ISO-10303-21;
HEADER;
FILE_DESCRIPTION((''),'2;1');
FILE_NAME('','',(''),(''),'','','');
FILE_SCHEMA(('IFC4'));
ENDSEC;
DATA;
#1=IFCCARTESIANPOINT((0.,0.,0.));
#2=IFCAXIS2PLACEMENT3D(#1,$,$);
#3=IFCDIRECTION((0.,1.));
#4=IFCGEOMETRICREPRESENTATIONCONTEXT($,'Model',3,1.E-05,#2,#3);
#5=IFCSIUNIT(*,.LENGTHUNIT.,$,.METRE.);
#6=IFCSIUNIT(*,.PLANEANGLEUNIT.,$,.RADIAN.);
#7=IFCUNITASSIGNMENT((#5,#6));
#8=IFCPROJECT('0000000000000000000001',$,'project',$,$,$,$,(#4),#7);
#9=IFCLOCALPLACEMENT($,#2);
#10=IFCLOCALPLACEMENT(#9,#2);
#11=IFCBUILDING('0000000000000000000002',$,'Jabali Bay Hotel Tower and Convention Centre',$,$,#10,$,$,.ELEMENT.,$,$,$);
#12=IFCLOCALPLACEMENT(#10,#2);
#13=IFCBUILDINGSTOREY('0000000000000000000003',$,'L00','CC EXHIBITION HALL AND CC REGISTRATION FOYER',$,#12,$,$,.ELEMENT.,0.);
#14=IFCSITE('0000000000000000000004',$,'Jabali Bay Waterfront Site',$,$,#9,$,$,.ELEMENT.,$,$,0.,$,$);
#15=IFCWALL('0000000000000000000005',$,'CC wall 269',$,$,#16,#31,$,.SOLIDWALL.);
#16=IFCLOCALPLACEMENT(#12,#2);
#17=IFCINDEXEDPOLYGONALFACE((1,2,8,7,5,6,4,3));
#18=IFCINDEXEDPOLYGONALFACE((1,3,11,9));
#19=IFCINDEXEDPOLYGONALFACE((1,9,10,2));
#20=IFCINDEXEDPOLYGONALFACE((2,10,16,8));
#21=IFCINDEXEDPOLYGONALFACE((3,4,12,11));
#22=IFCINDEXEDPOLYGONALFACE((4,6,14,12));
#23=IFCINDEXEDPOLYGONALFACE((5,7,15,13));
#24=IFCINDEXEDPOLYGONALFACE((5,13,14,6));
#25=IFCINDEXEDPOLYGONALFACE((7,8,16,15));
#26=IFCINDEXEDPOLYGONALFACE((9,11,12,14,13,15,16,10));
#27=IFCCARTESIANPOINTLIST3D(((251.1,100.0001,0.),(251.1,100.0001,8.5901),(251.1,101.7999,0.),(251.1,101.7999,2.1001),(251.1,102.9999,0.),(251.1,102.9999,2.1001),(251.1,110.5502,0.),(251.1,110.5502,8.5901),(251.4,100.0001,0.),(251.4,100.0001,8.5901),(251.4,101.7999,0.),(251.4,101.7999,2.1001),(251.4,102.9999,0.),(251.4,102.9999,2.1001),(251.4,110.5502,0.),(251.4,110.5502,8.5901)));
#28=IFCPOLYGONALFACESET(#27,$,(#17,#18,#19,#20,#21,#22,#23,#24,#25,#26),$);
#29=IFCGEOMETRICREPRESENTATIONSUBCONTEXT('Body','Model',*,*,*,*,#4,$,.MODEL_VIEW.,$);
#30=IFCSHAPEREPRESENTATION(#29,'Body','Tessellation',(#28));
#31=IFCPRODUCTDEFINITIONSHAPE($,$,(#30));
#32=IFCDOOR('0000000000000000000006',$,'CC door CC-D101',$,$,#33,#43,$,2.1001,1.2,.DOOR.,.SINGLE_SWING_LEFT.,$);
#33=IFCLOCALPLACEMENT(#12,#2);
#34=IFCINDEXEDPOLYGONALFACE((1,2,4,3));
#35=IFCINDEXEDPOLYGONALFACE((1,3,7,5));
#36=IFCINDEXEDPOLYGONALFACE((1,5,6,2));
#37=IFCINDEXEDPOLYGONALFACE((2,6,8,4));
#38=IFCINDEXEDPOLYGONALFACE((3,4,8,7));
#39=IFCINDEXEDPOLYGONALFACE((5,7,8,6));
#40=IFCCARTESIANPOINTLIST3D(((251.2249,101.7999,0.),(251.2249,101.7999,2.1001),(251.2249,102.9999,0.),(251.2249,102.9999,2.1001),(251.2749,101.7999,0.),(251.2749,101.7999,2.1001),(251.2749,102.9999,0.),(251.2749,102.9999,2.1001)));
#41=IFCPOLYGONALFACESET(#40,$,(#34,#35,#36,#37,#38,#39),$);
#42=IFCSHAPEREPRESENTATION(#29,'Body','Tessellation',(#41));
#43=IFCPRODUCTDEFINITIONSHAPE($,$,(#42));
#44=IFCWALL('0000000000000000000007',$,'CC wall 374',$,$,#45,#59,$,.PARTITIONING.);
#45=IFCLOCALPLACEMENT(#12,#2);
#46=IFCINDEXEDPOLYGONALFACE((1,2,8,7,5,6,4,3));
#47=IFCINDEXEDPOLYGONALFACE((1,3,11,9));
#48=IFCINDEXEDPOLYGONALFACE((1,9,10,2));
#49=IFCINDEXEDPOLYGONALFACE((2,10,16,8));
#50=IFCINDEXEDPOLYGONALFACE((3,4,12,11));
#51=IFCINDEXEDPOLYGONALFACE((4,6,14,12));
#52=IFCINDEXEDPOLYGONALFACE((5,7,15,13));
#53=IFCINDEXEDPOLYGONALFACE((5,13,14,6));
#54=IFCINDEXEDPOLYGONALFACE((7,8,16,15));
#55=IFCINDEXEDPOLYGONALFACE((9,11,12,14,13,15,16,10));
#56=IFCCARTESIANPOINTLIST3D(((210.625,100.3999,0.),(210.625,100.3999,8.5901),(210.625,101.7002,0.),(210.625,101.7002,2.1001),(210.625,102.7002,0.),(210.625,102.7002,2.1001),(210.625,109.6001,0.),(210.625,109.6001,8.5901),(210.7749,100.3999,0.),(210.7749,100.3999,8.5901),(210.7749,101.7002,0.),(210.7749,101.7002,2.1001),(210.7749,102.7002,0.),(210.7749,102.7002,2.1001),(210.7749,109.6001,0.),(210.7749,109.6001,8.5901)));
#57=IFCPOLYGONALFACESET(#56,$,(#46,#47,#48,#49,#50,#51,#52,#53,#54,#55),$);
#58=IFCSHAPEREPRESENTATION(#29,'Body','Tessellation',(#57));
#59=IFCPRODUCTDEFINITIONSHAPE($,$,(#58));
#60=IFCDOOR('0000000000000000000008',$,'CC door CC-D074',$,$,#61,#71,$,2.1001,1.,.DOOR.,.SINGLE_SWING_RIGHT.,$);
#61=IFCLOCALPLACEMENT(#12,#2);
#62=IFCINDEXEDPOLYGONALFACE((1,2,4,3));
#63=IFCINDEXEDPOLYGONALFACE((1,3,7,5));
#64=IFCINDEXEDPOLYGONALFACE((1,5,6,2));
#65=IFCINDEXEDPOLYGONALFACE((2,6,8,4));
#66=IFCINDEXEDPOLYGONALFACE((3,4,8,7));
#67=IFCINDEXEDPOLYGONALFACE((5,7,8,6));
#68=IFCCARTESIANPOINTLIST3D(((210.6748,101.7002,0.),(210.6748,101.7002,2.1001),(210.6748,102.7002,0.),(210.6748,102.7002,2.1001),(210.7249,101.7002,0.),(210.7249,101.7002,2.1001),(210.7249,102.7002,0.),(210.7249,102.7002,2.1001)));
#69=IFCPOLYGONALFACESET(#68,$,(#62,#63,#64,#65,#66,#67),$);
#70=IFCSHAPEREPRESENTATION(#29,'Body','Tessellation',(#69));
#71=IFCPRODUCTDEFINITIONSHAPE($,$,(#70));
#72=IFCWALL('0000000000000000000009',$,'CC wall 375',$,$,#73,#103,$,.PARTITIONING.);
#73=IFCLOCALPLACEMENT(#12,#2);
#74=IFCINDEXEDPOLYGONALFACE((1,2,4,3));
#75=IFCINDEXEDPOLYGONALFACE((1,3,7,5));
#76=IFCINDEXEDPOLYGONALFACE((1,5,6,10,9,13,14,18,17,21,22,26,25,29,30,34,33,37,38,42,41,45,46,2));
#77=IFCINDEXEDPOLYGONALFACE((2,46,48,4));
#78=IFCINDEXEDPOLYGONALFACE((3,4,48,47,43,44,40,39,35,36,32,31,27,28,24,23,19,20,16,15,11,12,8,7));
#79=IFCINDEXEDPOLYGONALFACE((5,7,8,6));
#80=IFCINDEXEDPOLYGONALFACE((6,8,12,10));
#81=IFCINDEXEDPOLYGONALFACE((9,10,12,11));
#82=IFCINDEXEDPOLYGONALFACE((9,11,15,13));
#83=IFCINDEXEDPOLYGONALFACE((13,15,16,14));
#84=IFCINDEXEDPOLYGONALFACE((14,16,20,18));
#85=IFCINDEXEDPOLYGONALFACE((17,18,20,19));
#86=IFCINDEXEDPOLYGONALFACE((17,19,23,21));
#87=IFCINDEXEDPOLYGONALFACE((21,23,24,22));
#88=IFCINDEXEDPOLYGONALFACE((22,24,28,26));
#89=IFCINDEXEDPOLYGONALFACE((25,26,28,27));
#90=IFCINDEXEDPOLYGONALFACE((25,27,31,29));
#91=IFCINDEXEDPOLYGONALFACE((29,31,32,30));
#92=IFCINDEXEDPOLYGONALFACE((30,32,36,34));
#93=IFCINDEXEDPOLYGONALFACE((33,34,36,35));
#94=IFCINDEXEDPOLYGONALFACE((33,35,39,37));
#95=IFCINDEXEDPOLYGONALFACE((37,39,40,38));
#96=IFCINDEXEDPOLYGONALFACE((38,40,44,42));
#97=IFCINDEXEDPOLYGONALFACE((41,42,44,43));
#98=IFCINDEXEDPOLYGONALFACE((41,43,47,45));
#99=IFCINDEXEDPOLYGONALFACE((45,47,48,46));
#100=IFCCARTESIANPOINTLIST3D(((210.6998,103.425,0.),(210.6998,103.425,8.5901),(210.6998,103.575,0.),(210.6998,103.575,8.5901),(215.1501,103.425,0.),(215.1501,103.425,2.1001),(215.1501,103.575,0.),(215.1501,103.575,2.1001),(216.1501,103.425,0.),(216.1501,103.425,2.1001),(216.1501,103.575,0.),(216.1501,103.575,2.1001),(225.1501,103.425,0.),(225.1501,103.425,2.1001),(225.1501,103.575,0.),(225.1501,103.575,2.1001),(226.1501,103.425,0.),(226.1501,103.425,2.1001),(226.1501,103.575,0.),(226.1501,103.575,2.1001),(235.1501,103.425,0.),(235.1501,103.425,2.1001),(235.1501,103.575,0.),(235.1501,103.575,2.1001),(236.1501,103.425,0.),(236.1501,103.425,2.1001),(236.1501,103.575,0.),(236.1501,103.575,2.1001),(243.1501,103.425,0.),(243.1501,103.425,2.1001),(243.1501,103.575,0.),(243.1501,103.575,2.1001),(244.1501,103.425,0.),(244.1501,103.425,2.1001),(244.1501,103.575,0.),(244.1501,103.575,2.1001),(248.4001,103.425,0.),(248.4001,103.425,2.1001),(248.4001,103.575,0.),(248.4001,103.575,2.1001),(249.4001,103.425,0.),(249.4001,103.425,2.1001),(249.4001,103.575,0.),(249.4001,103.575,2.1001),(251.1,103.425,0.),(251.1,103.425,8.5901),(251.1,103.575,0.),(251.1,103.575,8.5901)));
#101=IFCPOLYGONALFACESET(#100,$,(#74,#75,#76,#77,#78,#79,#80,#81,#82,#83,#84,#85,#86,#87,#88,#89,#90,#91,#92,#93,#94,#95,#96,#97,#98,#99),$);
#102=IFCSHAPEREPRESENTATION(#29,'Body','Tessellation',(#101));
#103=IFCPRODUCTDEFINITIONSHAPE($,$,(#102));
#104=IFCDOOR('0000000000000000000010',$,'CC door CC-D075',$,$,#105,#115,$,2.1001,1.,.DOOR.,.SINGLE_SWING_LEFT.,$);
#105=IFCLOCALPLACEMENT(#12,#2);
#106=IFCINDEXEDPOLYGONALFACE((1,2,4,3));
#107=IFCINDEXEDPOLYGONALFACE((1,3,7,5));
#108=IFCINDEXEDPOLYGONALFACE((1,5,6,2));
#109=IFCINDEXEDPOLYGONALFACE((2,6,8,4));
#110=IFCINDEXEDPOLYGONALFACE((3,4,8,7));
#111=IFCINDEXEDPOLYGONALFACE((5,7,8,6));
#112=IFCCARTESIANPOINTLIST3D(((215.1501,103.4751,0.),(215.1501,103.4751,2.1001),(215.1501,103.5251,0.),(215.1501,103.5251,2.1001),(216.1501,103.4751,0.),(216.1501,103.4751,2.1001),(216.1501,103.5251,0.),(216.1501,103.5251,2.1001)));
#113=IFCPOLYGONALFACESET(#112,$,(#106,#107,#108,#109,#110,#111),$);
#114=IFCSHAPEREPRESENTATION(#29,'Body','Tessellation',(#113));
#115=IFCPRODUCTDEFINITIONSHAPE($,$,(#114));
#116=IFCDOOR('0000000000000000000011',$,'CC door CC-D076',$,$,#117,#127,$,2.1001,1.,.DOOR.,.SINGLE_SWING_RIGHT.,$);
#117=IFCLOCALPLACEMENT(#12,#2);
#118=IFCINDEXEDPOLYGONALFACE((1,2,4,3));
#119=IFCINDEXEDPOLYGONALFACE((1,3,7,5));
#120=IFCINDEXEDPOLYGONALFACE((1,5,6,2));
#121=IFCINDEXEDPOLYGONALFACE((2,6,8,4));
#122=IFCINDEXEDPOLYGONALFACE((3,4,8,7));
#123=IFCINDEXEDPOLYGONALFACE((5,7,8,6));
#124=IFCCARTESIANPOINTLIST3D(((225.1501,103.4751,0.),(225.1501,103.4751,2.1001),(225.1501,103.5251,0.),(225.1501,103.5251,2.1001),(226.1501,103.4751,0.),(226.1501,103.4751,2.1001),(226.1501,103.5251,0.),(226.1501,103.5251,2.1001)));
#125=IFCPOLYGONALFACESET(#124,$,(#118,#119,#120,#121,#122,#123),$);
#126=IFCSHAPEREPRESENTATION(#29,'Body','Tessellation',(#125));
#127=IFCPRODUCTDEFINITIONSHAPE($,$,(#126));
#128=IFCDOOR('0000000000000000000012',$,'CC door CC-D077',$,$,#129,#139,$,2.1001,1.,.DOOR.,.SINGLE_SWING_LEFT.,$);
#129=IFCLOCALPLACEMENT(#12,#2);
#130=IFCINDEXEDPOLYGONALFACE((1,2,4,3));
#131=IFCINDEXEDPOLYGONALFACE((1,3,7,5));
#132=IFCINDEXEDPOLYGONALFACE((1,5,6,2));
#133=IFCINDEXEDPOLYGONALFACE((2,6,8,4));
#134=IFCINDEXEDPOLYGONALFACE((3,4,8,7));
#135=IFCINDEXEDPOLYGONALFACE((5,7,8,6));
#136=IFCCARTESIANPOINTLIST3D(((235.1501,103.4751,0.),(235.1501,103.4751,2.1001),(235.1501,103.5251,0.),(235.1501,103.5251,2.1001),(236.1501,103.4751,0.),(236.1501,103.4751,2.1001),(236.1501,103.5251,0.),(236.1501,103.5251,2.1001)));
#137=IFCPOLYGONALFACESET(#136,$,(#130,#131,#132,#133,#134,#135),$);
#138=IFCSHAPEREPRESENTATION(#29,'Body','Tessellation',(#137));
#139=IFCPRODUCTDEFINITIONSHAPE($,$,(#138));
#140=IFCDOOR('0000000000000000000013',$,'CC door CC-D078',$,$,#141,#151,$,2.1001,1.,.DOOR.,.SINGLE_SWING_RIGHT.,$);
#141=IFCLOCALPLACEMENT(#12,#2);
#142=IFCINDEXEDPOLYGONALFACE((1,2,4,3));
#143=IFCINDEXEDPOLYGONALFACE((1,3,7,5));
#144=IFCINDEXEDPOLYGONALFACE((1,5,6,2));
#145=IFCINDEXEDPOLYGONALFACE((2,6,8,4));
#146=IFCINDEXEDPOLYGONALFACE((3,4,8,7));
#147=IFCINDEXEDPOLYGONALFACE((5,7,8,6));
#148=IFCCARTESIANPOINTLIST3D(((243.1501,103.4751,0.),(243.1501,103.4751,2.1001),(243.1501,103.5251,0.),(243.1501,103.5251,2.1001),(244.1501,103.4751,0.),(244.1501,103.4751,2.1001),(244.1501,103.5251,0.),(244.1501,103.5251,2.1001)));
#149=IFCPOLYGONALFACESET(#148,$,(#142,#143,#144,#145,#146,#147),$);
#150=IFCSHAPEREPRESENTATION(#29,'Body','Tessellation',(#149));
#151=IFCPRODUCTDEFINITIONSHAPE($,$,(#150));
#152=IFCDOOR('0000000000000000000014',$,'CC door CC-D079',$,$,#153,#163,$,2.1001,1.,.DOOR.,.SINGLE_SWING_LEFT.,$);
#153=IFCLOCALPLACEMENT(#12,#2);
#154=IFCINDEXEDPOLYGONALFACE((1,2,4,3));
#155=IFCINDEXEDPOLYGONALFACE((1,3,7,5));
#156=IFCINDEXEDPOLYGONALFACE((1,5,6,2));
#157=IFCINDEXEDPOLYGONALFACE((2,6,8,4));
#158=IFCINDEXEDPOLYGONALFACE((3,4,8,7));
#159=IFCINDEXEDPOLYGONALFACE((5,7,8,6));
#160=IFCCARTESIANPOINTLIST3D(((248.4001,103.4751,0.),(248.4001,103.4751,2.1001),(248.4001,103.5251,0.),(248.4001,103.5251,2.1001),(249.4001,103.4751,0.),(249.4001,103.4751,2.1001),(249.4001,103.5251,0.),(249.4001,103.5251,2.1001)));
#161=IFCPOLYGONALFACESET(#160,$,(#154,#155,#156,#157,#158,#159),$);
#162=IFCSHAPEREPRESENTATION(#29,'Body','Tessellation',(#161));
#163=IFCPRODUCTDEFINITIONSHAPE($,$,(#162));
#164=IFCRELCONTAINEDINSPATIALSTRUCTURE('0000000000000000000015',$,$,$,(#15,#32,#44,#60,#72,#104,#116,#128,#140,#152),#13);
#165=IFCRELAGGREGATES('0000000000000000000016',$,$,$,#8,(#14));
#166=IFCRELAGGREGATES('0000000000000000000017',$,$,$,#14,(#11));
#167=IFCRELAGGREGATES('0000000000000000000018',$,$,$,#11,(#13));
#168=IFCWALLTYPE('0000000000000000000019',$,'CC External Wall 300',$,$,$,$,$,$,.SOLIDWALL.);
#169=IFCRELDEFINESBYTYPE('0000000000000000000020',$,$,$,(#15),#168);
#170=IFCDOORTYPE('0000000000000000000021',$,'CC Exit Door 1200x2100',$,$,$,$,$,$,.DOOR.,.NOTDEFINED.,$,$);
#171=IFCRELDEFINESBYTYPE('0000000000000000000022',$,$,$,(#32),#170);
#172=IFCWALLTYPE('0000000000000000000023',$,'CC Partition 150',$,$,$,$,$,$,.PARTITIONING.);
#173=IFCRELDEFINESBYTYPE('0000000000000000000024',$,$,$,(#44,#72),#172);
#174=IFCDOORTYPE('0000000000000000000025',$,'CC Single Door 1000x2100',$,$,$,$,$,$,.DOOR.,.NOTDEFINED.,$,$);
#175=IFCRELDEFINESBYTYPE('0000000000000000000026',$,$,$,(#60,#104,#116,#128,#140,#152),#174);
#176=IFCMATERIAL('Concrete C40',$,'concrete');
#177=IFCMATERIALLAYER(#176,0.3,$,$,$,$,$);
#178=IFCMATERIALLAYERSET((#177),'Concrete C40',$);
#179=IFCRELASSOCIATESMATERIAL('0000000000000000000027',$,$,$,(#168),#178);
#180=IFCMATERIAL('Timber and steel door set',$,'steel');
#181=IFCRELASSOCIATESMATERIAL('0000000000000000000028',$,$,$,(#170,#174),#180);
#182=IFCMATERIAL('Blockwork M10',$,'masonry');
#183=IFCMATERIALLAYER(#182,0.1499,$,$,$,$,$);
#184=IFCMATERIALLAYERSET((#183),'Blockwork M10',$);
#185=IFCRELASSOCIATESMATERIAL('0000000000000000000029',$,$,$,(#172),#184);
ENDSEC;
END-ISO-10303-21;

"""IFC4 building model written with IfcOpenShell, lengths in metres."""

from ifc_helpers import new_model, si_unit, direction, frame, frame_2d, origin, place, context, subcontext, project, spatial, rectangle, extrude, material, layer, layer_set, type_object, element, fill, save


model = new_model("IFC4")

# Units and contexts
model_context = context("Model", 3, precision=1e-05, world=origin(), true_north=direction((0.0, 1.0)))
body_context = subcontext(model_context, "Body", "Model", "MODEL_VIEW")
ifc_project = project(units=[si_unit("LENGTHUNIT", "METRE"), si_unit("PLANEANGLEUNIT", "RADIAN")], contexts=[model_context])

# Site, building, storey
site_placement = place(None, origin())
site = spatial("IfcSite", under=ifc_project, at=site_placement, Name="Jabali Bay Waterfront Site", CompositionType="ELEMENT", RefElevation=0.0)
building_placement = place(site_placement, origin())
building = spatial("IfcBuilding", under=site, at=building_placement, Name="Jabali Bay Hotel Tower and Convention Centre", CompositionType="ELEMENT")
storey_placement = place(building_placement, origin())
storey = spatial("IfcBuildingStorey", under=building, at=storey_placement, Name="L00", Description="CC EXHIBITION HALL AND CC REGISTRATION FOYER", CompositionType="ELEMENT", Elevation=0.0)

# Walls, openings, doors
ifc_material_1 = material(Name="Concrete C40", Category="concrete")
ifc_layer_1 = layer(ifc_material_1, 0.3)
ifc_layer_set_1 = layer_set([ifc_layer_1], Name="Concrete C40")
wall_type_1 = type_object("IfcWallType", Name="CC External Wall 300", PredefinedType="SOLIDWALL", material=ifc_layer_set_1)
wall_1_placement = place(storey_placement, frame((251.25, 110.55, 0.0), z_axis=(0.0, 0.0, 1.0), x_axis=(0.0, -1.0, 0.0)))
wall_1 = element("IfcWall", 1, at=wall_1_placement, inside=storey, type_object=wall_type_1, Name="CC wall 269", PredefinedType="SOLIDWALL", context=body_context, shape_type="SweptSolid", body=[
    extrude(rectangle(XDim=10.55, YDim=0.3, at=frame_2d((5.2749, 0.0))), origin(), (0.0, 0.0, 1.0), 8.5901),
])
opening_1_placement = place(wall_1_placement, frame((7.55, 0.0, 0.0)))
opening_1 = element("IfcOpeningElement", 2, at=opening_1_placement, cuts=wall_1, PredefinedType="OPENING", context=body_context, shape_type="SweptSolid", body=[
    extrude(rectangle(XDim=1.2, YDim=2.1001, at=frame_2d((0.6001, 1.05))), frame((0.0, 0.1606, 0.0), z_axis=(0.0, -1.0, 0.0), x_axis=(1.0, 0.0, 0.0)), (0.0, 0.0, 1.0), 0.321),
])
ifc_material_2 = material(Name="Timber and steel door set", Category="steel")
door_type_1 = type_object("IfcDoorType", Name="CC Exit Door 1200x2100", OperationType="NOTDEFINED", PredefinedType="DOOR", material=ifc_material_2)
door_1_placement = place(opening_1_placement, origin())
door_1 = element("IfcDoor", 3, at=door_1_placement, inside=storey, type_object=door_type_1, Name="CC door CC-D101", OperationType="SINGLE_SWING_LEFT", OverallHeight=2.1001, OverallWidth=1.2, PredefinedType="DOOR", context=body_context, shape_type="SweptSolid", body=[
    extrude(rectangle(XDim=1.2, YDim=2.1001, at=frame_2d((0.6001, 1.05))), frame((0.0, 0.0249, 0.0), z_axis=(0.0, -1.0, 0.0), x_axis=(1.0, 0.0, 0.0)), (0.0, 0.0, 1.0), 0.05),
])
fill(opening_1, door_1)
ifc_material_3 = material(Name="Blockwork M10", Category="masonry")
ifc_layer_2 = layer(ifc_material_3, 0.1499)
ifc_layer_set_2 = layer_set([ifc_layer_2], Name="Blockwork M10")
wall_type_2 = type_object("IfcWallType", Name="CC Partition 150", PredefinedType="PARTITIONING", material=ifc_layer_set_2)
wall_2_placement = place(storey_placement, frame((210.7, 109.6001, 0.0), z_axis=(0.0, 0.0, 1.0), x_axis=(0.0, -1.0, 0.0)))
wall_2 = element("IfcWall", 4, at=wall_2_placement, inside=storey, type_object=wall_type_2, Name="CC wall 374", PredefinedType="PARTITIONING", context=body_context, shape_type="SweptSolid", body=[
    extrude(rectangle(XDim=9.2002, YDim=0.1499, at=frame_2d((4.6001, 0.0))), origin(), (0.0, 0.0, 1.0), 8.5901),
])
opening_2_placement = place(wall_2_placement, frame((6.8999, 0.0, 0.0)))
opening_2 = element("IfcOpeningElement", 5, at=opening_2_placement, cuts=wall_2, PredefinedType="OPENING", context=body_context, shape_type="SweptSolid", body=[
    extrude(rectangle(XDim=1.0, YDim=2.1001, at=frame_2d((0.5, 1.05))), frame((0.0, 0.0854, 0.0), z_axis=(0.0, -1.0, 0.0), x_axis=(1.0, 0.0, 0.0)), (0.0, 0.0, 1.0), 0.1709),
])
door_type_2 = type_object("IfcDoorType", Name="CC Single Door 1000x2100", OperationType="NOTDEFINED", PredefinedType="DOOR", material=ifc_material_2)
door_2_placement = place(opening_2_placement, origin())
door_2 = element("IfcDoor", 6, at=door_2_placement, inside=storey, type_object=door_type_2, Name="CC door CC-D074", OperationType="SINGLE_SWING_RIGHT", OverallHeight=2.1001, OverallWidth=1.0, PredefinedType="DOOR", context=body_context, shape_type="SweptSolid", body=[
    extrude(rectangle(XDim=1.0, YDim=2.1001, at=frame_2d((0.5, 1.05))), frame((0.0, 0.0249, 0.0), z_axis=(0.0, -1.0, 0.0), x_axis=(1.0, 0.0, 0.0)), (0.0, 0.0, 1.0), 0.05),
])
fill(opening_2, door_2)

# Wall, openings, doors
wall_3_placement = place(storey_placement, frame((251.1001, 103.5, 0.0), z_axis=(0.0, 0.0, 1.0), x_axis=(-1.0, 0.0, 0.0)))
wall_3 = element("IfcWall", 7, at=wall_3_placement, inside=storey, type_object=wall_type_2, Name="CC wall 375", PredefinedType="PARTITIONING", context=body_context, shape_type="SweptSolid", body=[
    extrude(rectangle(XDim=40.4001, YDim=0.1499, at=frame_2d((20.2002, 0.0))), origin(), (0.0, 0.0, 1.0), 8.5901),
])
opening_3_placement = place(wall_3_placement, frame((34.95, 0.0, 0.0)))
opening_3 = element("IfcOpeningElement", 8, at=opening_3_placement, cuts=wall_3, PredefinedType="OPENING", context=body_context, shape_type="SweptSolid", body=[
    extrude(rectangle(XDim=1.0, YDim=2.1001, at=frame_2d((0.5, 1.05))), frame((0.0, 0.0854, 0.0), z_axis=(0.0, -1.0, 0.0), x_axis=(1.0, 0.0, 0.0)), (0.0, 0.0, 1.0), 0.1709),
])
opening_4_placement = place(wall_3_placement, frame((24.95, 0.0, 0.0)))
opening_4 = element("IfcOpeningElement", 9, at=opening_4_placement, cuts=wall_3, PredefinedType="OPENING", context=body_context, shape_type="SweptSolid", body=[
    extrude(rectangle(XDim=1.0, YDim=2.1001, at=frame_2d((0.5, 1.05))), frame((0.0, 0.0854, 0.0), z_axis=(0.0, -1.0, 0.0), x_axis=(1.0, 0.0, 0.0)), (0.0, 0.0, 1.0), 0.1709),
])
opening_5_placement = place(wall_3_placement, frame((14.95, 0.0, 0.0)))
opening_5 = element("IfcOpeningElement", 10, at=opening_5_placement, cuts=wall_3, PredefinedType="OPENING", context=body_context, shape_type="SweptSolid", body=[
    extrude(rectangle(XDim=1.0, YDim=2.1001, at=frame_2d((0.5, 1.05))), frame((0.0, 0.0854, 0.0), z_axis=(0.0, -1.0, 0.0), x_axis=(1.0, 0.0, 0.0)), (0.0, 0.0, 1.0), 0.1709),
])
opening_6_placement = place(wall_3_placement, frame((6.95, 0.0, 0.0)))
opening_6 = element("IfcOpeningElement", 11, at=opening_6_placement, cuts=wall_3, PredefinedType="OPENING", context=body_context, shape_type="SweptSolid", body=[
    extrude(rectangle(XDim=1.0, YDim=2.1001, at=frame_2d((0.5, 1.05))), frame((0.0, 0.0854, 0.0), z_axis=(0.0, -1.0, 0.0), x_axis=(1.0, 0.0, 0.0)), (0.0, 0.0, 1.0), 0.1709),
])
opening_7_placement = place(wall_3_placement, frame((1.7, 0.0, 0.0)))
opening_7 = element("IfcOpeningElement", 12, at=opening_7_placement, cuts=wall_3, PredefinedType="OPENING", context=body_context, shape_type="SweptSolid", body=[
    extrude(rectangle(XDim=1.0, YDim=2.1001, at=frame_2d((0.5, 1.05))), frame((0.0, 0.0854, 0.0), z_axis=(0.0, -1.0, 0.0), x_axis=(1.0, 0.0, 0.0)), (0.0, 0.0, 1.0), 0.1709),
])
door_3_placement = place(opening_3_placement, origin())
door_3 = element("IfcDoor", 13, at=door_3_placement, inside=storey, type_object=door_type_2, Name="CC door CC-D075", OperationType="SINGLE_SWING_LEFT", OverallHeight=2.1001, OverallWidth=1.0, PredefinedType="DOOR", context=body_context, shape_type="SweptSolid", body=[
    extrude(rectangle(XDim=1.0, YDim=2.1001, at=frame_2d((0.5, 1.05))), frame((0.0, 0.0249, 0.0), z_axis=(0.0, -1.0, 0.0), x_axis=(1.0, 0.0, 0.0)), (0.0, 0.0, 1.0), 0.05),
])
fill(opening_3, door_3)
door_4_placement = place(opening_4_placement, origin())
door_4 = element("IfcDoor", 14, at=door_4_placement, inside=storey, type_object=door_type_2, Name="CC door CC-D076", OperationType="SINGLE_SWING_RIGHT", OverallHeight=2.1001, OverallWidth=1.0, PredefinedType="DOOR", context=body_context, shape_type="SweptSolid", body=[
    extrude(rectangle(XDim=1.0, YDim=2.1001, at=frame_2d((0.5, 1.05))), frame((0.0, 0.0249, 0.0), z_axis=(0.0, -1.0, 0.0), x_axis=(1.0, 0.0, 0.0)), (0.0, 0.0, 1.0), 0.05),
])
fill(opening_4, door_4)
door_5_placement = place(opening_5_placement, origin())
door_5 = element("IfcDoor", 15, at=door_5_placement, inside=storey, type_object=door_type_2, Name="CC door CC-D077", OperationType="SINGLE_SWING_LEFT", OverallHeight=2.1001, OverallWidth=1.0, PredefinedType="DOOR", context=body_context, shape_type="SweptSolid", body=[
    extrude(rectangle(XDim=1.0, YDim=2.1001, at=frame_2d((0.5, 1.05))), frame((0.0, 0.0249, 0.0), z_axis=(0.0, -1.0, 0.0), x_axis=(1.0, 0.0, 0.0)), (0.0, 0.0, 1.0), 0.05),
])
fill(opening_5, door_5)
door_6_placement = place(opening_6_placement, origin())
door_6 = element("IfcDoor", 16, at=door_6_placement, inside=storey, type_object=door_type_2, Name="CC door CC-D078", OperationType="SINGLE_SWING_RIGHT", OverallHeight=2.1001, OverallWidth=1.0, PredefinedType="DOOR", context=body_context, shape_type="SweptSolid", body=[
    extrude(rectangle(XDim=1.0, YDim=2.1001, at=frame_2d((0.5, 1.05))), frame((0.0, 0.0249, 0.0), z_axis=(0.0, -1.0, 0.0), x_axis=(1.0, 0.0, 0.0)), (0.0, 0.0, 1.0), 0.05),
])
fill(opening_6, door_6)
door_7_placement = place(opening_7_placement, origin())
door_7 = element("IfcDoor", 17, at=door_7_placement, inside=storey, type_object=door_type_2, Name="CC door CC-D079", OperationType="SINGLE_SWING_LEFT", OverallHeight=2.1001, OverallWidth=1.0, PredefinedType="DOOR", context=body_context, shape_type="SweptSolid", body=[
    extrude(rectangle(XDim=1.0, YDim=2.1001, at=frame_2d((0.5, 1.05))), frame((0.0, 0.0249, 0.0), z_axis=(0.0, -1.0, 0.0), x_axis=(1.0, 0.0, 0.0)), (0.0, 0.0, 1.0), 0.05),
])
fill(opening_7, door_7)

save(model, "model.ifc")
